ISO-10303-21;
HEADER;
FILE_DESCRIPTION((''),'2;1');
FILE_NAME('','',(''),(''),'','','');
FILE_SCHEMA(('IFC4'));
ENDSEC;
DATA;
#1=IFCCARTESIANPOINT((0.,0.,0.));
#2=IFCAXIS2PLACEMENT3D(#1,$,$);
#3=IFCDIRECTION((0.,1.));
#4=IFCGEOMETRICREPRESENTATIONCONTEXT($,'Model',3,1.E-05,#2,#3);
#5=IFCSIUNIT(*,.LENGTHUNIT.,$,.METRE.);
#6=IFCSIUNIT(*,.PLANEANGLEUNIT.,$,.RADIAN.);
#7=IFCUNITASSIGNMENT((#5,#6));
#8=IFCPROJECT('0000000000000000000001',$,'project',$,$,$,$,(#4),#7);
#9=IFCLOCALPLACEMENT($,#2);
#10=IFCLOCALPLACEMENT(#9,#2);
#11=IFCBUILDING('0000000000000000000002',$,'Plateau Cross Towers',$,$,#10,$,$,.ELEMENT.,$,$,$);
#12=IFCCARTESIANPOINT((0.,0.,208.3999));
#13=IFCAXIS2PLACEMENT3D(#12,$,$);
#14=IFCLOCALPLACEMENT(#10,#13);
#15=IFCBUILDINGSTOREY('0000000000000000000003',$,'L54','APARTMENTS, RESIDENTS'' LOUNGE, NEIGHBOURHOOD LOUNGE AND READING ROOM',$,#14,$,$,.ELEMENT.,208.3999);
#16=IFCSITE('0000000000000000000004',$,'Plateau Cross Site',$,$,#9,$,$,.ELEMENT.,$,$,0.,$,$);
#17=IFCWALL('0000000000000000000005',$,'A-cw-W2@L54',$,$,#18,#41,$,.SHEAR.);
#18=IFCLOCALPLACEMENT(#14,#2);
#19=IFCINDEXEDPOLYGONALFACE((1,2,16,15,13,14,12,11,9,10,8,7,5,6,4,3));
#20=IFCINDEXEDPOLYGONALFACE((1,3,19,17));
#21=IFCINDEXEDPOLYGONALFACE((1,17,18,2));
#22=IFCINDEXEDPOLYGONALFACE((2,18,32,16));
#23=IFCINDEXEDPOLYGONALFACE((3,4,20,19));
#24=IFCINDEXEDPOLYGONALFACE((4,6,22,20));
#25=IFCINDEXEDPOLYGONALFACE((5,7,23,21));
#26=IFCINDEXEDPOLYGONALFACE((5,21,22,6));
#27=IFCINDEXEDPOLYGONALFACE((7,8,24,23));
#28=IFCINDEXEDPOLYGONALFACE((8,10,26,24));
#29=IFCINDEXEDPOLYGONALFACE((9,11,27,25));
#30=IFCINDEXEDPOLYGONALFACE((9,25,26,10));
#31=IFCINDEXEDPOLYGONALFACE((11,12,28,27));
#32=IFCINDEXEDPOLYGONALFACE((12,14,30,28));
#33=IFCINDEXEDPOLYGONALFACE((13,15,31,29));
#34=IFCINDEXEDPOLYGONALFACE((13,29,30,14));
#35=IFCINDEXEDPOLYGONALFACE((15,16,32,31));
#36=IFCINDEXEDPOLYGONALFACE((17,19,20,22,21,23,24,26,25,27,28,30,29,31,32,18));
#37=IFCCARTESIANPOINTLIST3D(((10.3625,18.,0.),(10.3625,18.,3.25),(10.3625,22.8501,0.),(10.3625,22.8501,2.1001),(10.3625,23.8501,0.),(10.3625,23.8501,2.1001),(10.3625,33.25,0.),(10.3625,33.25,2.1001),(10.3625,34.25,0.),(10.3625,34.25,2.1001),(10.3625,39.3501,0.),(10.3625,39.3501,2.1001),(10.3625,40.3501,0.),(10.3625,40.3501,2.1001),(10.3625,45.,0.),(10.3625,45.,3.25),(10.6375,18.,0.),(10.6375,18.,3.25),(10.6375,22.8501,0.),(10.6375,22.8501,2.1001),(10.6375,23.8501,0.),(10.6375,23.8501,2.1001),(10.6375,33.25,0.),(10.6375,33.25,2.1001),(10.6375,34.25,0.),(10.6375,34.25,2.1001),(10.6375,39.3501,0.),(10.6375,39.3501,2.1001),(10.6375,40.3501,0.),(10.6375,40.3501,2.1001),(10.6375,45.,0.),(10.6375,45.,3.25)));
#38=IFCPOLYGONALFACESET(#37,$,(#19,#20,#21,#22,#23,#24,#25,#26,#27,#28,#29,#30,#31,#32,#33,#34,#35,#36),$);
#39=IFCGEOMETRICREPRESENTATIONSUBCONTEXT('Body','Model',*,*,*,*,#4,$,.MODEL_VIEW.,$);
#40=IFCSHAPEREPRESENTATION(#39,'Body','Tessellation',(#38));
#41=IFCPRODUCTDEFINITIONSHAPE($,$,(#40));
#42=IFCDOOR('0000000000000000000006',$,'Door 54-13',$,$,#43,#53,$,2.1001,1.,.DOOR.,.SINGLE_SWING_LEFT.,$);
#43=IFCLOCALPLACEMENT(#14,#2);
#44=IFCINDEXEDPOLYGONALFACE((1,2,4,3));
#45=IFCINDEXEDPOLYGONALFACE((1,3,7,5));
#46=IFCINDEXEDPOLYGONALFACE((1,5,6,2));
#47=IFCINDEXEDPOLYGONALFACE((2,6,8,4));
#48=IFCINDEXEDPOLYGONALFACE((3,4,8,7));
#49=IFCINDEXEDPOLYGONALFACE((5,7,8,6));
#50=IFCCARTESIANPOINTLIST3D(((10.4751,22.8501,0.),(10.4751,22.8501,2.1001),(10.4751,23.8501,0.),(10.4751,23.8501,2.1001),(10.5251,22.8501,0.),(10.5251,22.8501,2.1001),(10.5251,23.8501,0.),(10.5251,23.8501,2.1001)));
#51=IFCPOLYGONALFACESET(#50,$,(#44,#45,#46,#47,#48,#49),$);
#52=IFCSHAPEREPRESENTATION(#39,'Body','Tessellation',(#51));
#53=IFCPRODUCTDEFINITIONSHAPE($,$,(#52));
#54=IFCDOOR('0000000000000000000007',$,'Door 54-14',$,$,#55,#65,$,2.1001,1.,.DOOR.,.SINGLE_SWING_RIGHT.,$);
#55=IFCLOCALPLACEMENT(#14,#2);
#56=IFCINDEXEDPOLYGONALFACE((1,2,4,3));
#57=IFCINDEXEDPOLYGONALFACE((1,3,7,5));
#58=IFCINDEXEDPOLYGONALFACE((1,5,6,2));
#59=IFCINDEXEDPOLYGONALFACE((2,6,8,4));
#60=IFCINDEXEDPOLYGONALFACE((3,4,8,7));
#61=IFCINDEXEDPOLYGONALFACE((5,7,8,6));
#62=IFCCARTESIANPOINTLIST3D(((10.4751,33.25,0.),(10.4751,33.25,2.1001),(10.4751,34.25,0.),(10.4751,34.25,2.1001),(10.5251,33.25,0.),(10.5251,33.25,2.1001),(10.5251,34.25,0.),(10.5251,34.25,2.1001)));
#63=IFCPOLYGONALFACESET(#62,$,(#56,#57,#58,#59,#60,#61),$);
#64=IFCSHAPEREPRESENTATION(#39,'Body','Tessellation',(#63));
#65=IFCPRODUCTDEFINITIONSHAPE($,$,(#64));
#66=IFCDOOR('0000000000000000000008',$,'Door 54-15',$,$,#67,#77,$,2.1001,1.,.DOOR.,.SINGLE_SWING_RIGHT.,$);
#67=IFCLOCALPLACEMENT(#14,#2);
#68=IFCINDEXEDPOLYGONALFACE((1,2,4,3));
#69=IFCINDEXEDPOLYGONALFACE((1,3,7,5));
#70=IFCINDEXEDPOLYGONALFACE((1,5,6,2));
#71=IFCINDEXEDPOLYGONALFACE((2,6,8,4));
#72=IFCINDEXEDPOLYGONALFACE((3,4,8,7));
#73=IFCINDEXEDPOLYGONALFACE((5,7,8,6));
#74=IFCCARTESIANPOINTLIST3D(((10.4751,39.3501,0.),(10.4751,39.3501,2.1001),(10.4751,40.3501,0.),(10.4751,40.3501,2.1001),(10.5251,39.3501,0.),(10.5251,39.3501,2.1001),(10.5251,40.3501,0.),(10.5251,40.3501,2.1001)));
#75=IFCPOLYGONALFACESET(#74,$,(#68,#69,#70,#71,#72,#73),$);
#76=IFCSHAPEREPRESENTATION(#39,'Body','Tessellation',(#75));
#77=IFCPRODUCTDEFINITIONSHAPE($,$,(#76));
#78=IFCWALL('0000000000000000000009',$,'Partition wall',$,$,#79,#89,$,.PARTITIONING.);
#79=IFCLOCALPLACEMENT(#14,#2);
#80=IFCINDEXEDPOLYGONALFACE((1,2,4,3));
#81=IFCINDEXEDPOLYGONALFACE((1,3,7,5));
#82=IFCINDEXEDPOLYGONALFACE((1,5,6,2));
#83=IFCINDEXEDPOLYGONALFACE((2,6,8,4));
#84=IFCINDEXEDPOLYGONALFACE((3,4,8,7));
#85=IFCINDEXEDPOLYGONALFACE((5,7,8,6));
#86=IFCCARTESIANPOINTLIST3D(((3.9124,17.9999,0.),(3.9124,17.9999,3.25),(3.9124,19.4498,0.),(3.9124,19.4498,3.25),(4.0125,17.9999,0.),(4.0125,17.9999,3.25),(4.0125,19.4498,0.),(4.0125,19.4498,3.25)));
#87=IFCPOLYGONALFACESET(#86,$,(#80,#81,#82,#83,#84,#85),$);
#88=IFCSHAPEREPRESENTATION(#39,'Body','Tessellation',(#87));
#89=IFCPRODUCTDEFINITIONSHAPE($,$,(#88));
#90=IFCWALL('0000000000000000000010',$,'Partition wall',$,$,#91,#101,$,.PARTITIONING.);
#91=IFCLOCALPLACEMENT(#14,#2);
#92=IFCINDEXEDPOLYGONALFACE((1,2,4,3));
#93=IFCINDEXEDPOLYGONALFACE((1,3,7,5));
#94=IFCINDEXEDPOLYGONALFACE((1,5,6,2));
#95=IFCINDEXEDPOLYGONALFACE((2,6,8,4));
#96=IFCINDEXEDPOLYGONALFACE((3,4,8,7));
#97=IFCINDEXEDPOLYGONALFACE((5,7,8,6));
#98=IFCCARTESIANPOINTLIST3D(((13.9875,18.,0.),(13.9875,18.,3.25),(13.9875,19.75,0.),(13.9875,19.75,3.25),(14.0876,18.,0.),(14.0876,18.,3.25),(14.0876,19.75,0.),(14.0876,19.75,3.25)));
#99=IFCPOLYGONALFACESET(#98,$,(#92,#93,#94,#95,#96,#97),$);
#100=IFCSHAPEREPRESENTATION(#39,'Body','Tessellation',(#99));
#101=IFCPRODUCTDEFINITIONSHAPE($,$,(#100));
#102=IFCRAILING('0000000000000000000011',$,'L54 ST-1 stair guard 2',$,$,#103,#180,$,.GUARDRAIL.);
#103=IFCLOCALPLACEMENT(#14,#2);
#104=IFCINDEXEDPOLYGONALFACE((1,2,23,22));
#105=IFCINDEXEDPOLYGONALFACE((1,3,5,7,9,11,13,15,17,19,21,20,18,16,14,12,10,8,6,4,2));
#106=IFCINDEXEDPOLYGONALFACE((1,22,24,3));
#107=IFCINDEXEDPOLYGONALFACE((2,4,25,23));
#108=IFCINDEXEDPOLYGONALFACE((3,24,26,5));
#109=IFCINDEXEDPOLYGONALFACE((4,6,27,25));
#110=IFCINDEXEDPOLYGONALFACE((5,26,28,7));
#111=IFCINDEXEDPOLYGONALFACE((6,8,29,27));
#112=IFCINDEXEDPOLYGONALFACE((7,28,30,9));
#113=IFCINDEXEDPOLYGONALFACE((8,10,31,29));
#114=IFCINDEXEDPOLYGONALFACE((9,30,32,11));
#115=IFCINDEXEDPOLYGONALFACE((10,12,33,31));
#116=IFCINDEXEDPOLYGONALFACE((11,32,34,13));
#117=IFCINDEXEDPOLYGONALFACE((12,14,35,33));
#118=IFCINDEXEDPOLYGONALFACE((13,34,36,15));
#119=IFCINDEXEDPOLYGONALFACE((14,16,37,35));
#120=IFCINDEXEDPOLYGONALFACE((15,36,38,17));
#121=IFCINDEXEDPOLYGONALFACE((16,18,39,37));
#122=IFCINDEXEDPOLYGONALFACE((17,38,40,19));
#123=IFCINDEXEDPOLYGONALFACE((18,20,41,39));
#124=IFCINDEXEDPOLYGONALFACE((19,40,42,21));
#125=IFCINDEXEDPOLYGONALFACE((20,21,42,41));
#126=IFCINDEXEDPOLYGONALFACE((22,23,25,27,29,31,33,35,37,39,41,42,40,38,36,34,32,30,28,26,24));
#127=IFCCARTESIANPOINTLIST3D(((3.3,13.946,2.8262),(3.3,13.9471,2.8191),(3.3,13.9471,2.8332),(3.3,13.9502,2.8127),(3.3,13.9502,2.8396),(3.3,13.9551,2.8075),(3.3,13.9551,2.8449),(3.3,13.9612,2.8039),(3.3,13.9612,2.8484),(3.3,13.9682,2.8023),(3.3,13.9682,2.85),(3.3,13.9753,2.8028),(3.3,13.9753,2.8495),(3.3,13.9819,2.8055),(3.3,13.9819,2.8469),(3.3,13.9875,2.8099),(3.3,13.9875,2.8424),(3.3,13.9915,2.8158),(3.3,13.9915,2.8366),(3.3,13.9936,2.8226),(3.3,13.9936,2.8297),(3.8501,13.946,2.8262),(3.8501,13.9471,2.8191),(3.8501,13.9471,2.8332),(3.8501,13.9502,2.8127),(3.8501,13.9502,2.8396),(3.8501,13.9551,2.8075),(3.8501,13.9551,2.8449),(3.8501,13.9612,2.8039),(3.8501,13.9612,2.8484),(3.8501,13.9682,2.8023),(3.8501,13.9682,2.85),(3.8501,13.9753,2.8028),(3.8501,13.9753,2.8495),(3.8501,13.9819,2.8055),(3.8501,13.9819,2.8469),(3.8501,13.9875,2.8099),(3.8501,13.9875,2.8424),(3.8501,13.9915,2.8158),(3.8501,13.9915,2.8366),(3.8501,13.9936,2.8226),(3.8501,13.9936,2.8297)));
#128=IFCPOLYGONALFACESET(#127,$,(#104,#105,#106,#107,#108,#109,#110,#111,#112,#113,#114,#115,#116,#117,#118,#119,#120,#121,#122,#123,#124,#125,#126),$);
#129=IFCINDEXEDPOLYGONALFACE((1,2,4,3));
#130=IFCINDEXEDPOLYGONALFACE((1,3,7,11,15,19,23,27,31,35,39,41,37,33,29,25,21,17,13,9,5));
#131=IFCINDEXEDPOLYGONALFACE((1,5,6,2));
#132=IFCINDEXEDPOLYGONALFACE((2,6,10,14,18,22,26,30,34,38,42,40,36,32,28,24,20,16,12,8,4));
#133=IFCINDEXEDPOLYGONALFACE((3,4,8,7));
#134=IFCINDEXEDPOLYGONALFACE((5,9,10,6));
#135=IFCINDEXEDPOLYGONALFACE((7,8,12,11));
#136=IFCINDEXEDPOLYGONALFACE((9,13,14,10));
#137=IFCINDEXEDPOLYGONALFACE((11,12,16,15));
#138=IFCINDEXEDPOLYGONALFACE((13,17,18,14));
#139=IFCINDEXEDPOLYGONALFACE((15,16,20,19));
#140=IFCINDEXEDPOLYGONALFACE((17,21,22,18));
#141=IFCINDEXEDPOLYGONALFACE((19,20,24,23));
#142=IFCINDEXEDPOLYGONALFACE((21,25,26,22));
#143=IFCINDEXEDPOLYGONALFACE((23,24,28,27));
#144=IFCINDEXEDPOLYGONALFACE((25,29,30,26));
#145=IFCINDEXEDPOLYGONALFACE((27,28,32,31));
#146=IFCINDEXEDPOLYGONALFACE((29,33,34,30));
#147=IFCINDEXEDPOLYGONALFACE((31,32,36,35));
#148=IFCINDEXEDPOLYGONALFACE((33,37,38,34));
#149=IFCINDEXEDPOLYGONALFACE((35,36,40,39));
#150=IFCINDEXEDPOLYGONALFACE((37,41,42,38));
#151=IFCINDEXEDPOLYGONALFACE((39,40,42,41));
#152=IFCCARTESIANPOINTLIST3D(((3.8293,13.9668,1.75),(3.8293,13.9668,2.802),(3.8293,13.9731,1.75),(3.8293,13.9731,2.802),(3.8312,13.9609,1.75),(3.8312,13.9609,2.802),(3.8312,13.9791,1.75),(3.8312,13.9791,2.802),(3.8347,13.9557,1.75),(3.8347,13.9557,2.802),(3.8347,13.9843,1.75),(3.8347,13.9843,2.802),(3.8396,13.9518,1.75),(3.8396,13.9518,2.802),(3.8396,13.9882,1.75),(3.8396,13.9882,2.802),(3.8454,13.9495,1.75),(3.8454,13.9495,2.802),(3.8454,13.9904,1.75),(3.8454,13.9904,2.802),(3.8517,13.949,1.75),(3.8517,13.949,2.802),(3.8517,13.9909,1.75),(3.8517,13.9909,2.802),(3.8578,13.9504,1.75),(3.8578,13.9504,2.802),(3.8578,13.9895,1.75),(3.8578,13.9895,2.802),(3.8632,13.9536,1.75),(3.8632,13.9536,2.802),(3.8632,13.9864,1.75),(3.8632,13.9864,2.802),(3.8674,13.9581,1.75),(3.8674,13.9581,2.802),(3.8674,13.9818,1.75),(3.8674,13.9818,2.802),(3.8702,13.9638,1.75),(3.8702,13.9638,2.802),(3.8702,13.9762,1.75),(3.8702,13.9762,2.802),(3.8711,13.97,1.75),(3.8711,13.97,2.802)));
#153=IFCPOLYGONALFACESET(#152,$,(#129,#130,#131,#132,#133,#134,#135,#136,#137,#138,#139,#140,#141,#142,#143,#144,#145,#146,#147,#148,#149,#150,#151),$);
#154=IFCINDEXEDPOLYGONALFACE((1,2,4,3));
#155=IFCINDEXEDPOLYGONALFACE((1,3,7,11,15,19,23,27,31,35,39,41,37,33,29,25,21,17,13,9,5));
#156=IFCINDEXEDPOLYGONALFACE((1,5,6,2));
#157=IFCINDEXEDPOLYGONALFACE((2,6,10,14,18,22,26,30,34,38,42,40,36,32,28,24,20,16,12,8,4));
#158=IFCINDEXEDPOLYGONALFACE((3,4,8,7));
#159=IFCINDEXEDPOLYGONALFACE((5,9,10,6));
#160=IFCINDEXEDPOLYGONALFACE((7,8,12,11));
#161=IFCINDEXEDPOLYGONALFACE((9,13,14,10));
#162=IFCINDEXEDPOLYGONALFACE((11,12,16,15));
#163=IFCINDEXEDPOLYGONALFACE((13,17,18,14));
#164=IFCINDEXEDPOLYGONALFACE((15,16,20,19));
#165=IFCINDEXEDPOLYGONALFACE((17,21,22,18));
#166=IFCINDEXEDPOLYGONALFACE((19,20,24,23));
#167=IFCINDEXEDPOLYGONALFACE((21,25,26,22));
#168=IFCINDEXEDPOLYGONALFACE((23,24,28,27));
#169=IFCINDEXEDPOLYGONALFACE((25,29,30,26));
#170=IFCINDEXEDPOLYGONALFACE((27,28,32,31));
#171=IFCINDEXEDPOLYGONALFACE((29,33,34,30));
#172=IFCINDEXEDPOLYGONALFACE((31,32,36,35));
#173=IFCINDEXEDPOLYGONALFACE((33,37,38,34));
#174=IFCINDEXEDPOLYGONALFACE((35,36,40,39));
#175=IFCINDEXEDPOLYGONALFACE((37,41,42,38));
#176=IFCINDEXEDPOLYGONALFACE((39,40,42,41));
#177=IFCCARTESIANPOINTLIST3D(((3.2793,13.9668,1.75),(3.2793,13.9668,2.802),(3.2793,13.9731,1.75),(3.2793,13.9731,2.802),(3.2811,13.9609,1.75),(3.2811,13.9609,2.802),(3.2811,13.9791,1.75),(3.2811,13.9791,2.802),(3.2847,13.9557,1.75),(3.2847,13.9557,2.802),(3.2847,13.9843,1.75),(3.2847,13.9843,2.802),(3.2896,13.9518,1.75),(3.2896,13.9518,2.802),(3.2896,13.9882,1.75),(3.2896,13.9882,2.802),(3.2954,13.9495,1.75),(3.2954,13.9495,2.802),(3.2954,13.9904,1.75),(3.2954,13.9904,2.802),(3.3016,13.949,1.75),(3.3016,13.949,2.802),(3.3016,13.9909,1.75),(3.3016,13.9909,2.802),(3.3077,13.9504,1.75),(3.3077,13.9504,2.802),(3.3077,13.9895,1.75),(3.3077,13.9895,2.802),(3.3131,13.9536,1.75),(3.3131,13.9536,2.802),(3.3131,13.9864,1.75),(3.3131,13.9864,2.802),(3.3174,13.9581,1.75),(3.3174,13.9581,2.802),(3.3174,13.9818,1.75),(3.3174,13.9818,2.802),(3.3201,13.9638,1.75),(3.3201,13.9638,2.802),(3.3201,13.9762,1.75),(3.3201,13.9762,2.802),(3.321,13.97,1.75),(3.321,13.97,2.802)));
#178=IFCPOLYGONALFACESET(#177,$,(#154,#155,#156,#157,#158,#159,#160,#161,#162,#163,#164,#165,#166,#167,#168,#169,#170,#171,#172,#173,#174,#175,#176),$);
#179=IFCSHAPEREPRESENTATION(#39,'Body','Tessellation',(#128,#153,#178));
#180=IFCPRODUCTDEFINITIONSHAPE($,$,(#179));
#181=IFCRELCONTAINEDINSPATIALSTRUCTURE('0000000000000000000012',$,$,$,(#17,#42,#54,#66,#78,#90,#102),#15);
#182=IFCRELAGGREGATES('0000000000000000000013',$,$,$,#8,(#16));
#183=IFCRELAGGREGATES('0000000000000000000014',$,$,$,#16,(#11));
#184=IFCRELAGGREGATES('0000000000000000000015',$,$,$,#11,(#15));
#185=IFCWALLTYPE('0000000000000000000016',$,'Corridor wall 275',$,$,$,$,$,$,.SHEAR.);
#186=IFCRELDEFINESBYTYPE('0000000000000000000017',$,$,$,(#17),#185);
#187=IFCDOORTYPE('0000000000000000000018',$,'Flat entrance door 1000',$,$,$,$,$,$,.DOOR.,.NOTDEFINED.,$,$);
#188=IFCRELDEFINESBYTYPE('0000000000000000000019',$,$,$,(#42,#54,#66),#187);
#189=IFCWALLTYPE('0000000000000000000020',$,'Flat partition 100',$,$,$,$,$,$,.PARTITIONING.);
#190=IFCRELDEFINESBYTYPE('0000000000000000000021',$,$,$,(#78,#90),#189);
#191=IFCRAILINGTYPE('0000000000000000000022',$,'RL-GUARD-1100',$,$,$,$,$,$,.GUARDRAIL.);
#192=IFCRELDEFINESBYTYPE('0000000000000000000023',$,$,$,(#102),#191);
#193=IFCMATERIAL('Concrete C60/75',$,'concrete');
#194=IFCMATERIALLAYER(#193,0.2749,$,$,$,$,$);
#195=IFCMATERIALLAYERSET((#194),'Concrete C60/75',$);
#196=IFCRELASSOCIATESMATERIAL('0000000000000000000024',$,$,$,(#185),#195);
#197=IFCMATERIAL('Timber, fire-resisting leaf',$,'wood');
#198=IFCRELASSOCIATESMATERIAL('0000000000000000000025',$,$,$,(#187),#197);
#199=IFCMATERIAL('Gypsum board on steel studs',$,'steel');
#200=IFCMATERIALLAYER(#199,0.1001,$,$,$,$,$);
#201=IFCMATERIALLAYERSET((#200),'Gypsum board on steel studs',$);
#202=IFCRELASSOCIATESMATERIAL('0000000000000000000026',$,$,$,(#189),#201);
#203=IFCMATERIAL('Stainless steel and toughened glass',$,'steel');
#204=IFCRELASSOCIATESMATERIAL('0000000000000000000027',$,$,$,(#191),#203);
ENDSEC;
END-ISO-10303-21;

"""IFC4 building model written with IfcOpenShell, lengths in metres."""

from ifc_helpers import new_model, si_unit, direction, frame, frame_2d, origin, origin_2d, place, context, subcontext, project, spatial, rectangle, circle, extrude, material, layer, layer_set, type_object, element, fill, save


model = new_model("IFC4")

# Units and contexts
model_context = context("Model", 3, precision=1e-05, world=origin(), true_north=direction((0.0, 1.0)))
body_context = subcontext(model_context, "Body", "Model", "MODEL_VIEW")
ifc_project = project(units=[si_unit("LENGTHUNIT", "METRE"), si_unit("PLANEANGLEUNIT", "RADIAN")], contexts=[model_context])

# Site, building, storey
site_placement = place(None, origin())
site = spatial("IfcSite", under=ifc_project, at=site_placement, Name="Plateau Cross Site", CompositionType="ELEMENT", RefElevation=0.0)
building_placement = place(site_placement, origin())
building = spatial("IfcBuilding", under=site, at=building_placement, Name="Plateau Cross Towers", CompositionType="ELEMENT")
storey_placement = place(building_placement, frame((0.0, 0.0, 208.3999)))
storey = spatial("IfcBuildingStorey", under=building, at=storey_placement, Name="L54", Description="APARTMENTS, RESIDENTS' LOUNGE, NEIGHBOURHOOD LOUNGE AND READING ROOM", CompositionType="ELEMENT", Elevation=208.3999)

# Shared definitions
ifc_material_1 = material(Name="Concrete C60/75", Category="concrete")

# Wall, openings, doors
ifc_layer_1 = layer(ifc_material_1, 0.2749)
ifc_layer_set_1 = layer_set([ifc_layer_1], Name="Concrete C60/75")
wall_type_1 = type_object("IfcWallType", Name="Corridor wall 275", PredefinedType="SHEAR", material=ifc_layer_set_1)
ifc_material_2 = material(Name="Timber, fire-resisting leaf", Category="wood")
door_type_1 = type_object("IfcDoorType", Name="Flat entrance door 1000", OperationType="NOTDEFINED", PredefinedType="DOOR", material=ifc_material_2)
wall_1_placement = place(storey_placement, frame((10.5, 18.0, 0.0), z_axis=(0.0, 0.0, 1.0), x_axis=(0.0, 1.0, 0.0)))
wall_1 = element("IfcWall", 1, at=wall_1_placement, inside=storey, type_object=wall_type_1, Name="A-cw-W2@L54", PredefinedType="SHEAR", context=body_context, shape_type="SweptSolid", body=[
    extrude(rectangle(XDim=27.0, YDim=0.2749, at=frame_2d((13.5, 0.0))), origin(), (0.0, 0.0, 1.0), 3.25),
])
opening_1_placement = place(wall_1_placement, frame((4.8501, 0.0, 0.0)))
opening_1 = element("IfcOpeningElement", 2, at=opening_1_placement, cuts=wall_1, PredefinedType="OPENING", context=body_context, shape_type="SweptSolid", body=[
    extrude(rectangle(XDim=1.0, YDim=2.1001, at=frame_2d((0.5, 1.05))), frame((0.0, 0.1475, 0.0), z_axis=(0.0, -1.0, 0.0), x_axis=(1.0, 0.0, 0.0)), (0.0, 0.0, 1.0), 0.2949),
])
opening_2_placement = place(wall_1_placement, frame((15.25, 0.0, 0.0)))
opening_2 = element("IfcOpeningElement", 3, at=opening_2_placement, cuts=wall_1, PredefinedType="OPENING", context=body_context, shape_type="SweptSolid", body=[
    extrude(rectangle(XDim=1.0, YDim=2.1001, at=frame_2d((0.5, 1.05))), frame((0.0, 0.1475, 0.0), z_axis=(0.0, -1.0, 0.0), x_axis=(1.0, 0.0, 0.0)), (0.0, 0.0, 1.0), 0.2949),
])
opening_3_placement = place(wall_1_placement, frame((21.3501, 0.0, 0.0)))
opening_3 = element("IfcOpeningElement", 4, at=opening_3_placement, cuts=wall_1, PredefinedType="OPENING", context=body_context, shape_type="SweptSolid", body=[
    extrude(rectangle(XDim=1.0, YDim=2.1001, at=frame_2d((0.5, 1.05))), frame((0.0, 0.1475, 0.0), z_axis=(0.0, -1.0, 0.0), x_axis=(1.0, 0.0, 0.0)), (0.0, 0.0, 1.0), 0.2949),
])
door_1_placement = place(opening_1_placement, origin())
door_1 = element("IfcDoor", 5, at=door_1_placement, inside=storey, type_object=door_type_1, Name="Door 54-13", OperationType="SINGLE_SWING_LEFT", OverallHeight=2.1001, OverallWidth=1.0, PredefinedType="DOOR", context=body_context, shape_type="SweptSolid", body=[
    extrude(rectangle(XDim=1.0, YDim=2.1001, at=frame_2d((0.5, 1.05))), frame((0.0, 0.0249, 0.0), z_axis=(0.0, -1.0, 0.0), x_axis=(1.0, 0.0, 0.0)), (0.0, 0.0, 1.0), 0.05),
])
fill(opening_1, door_1)
door_2_placement = place(opening_2_placement, origin())
door_2 = element("IfcDoor", 6, at=door_2_placement, inside=storey, type_object=door_type_1, Name="Door 54-14", OperationType="SINGLE_SWING_RIGHT", OverallHeight=2.1001, OverallWidth=1.0, PredefinedType="DOOR", context=body_context, shape_type="SweptSolid", body=[
    extrude(rectangle(XDim=1.0, YDim=2.1001, at=frame_2d((0.5, 1.05))), frame((0.0, 0.0249, 0.0), z_axis=(0.0, -1.0, 0.0), x_axis=(1.0, 0.0, 0.0)), (0.0, 0.0, 1.0), 0.05),
])
fill(opening_2, door_2)
door_3_placement = place(opening_3_placement, origin())
door_3 = element("IfcDoor", 7, at=door_3_placement, inside=storey, type_object=door_type_1, Name="Door 54-15", OperationType="SINGLE_SWING_RIGHT", OverallHeight=2.1001, OverallWidth=1.0, PredefinedType="DOOR", context=body_context, shape_type="SweptSolid", body=[
    extrude(rectangle(XDim=1.0, YDim=2.1001, at=frame_2d((0.5, 1.05))), frame((0.0, 0.0249, 0.0), z_axis=(0.0, -1.0, 0.0), x_axis=(1.0, 0.0, 0.0)), (0.0, 0.0, 1.0), 0.05),
])
fill(opening_3, door_3)

# Walls
ifc_material_3 = material(Name="Gypsum board on steel studs", Category="steel")
ifc_layer_2 = layer(ifc_material_3, 0.1001)
ifc_layer_set_2 = layer_set([ifc_layer_2], Name="Gypsum board on steel studs")
wall_type_2 = type_object("IfcWallType", Name="Flat partition 100", PredefinedType="PARTITIONING", material=ifc_layer_set_2)
wall_2_placement = place(storey_placement, frame((3.9624, 19.45, 0.0), z_axis=(0.0, 0.0, 1.0), x_axis=(0.0, -1.0, 0.0)))
element("IfcWall", 8, at=wall_2_placement, inside=storey, type_object=wall_type_2, Name="Partition wall", PredefinedType="PARTITIONING", context=body_context, shape_type="SweptSolid", body=[
    extrude(rectangle(XDim=1.45, YDim=0.1001, at=frame_2d((0.7251, 0.0))), origin(), (0.0, 0.0, 1.0), 3.25),
])
wall_3_placement = place(storey_placement, frame((14.0376, 18.0, 0.0), z_axis=(0.0, 0.0, 1.0), x_axis=(0.0, 1.0, 0.0)))
element("IfcWall", 9, at=wall_3_placement, inside=storey, type_object=wall_type_2, Name="Partition wall", PredefinedType="PARTITIONING", context=body_context, shape_type="SweptSolid", body=[
    extrude(rectangle(XDim=1.75, YDim=0.1001, at=frame_2d((0.875, 0.0))), origin(), (0.0, 0.0, 1.0), 3.25),
])

# Railing
ifc_material_4 = material(Name="Stainless steel and toughened glass", Category="steel")
railing_type = type_object("IfcRailingType", Name="RL-GUARD-1100", PredefinedType="GUARDRAIL", material=ifc_material_4)
railing_1_placement = place(storey_placement, frame((3.8501, 13.97, 1.75)))
element("IfcRailing", 10, at=railing_1_placement, inside=storey, type_object=railing_type, Name="L54 ST-1 stair guard 2", PredefinedType="GUARDRAIL", context=body_context, shape_type="SweptSolid", body=[
    extrude(circle(Radius=0.0239, at=origin_2d()), frame((0.0, 0.0, 1.0762), z_axis=(-1.0, 0.0, 0.0), x_axis=(0.0, -1.0, 0.0)), (0.0, 0.0, 1.0), 0.55),
    extrude(circle(Radius=0.021, at=origin_2d()), origin(), (0.0, 0.0, 1.0), 1.052),
    extrude(circle(Radius=0.021, at=origin_2d()), frame((-0.55, 0.0, 0.0)), (0.0, 0.0, 1.0), 1.052),
])

save(model, "model.ifc")
